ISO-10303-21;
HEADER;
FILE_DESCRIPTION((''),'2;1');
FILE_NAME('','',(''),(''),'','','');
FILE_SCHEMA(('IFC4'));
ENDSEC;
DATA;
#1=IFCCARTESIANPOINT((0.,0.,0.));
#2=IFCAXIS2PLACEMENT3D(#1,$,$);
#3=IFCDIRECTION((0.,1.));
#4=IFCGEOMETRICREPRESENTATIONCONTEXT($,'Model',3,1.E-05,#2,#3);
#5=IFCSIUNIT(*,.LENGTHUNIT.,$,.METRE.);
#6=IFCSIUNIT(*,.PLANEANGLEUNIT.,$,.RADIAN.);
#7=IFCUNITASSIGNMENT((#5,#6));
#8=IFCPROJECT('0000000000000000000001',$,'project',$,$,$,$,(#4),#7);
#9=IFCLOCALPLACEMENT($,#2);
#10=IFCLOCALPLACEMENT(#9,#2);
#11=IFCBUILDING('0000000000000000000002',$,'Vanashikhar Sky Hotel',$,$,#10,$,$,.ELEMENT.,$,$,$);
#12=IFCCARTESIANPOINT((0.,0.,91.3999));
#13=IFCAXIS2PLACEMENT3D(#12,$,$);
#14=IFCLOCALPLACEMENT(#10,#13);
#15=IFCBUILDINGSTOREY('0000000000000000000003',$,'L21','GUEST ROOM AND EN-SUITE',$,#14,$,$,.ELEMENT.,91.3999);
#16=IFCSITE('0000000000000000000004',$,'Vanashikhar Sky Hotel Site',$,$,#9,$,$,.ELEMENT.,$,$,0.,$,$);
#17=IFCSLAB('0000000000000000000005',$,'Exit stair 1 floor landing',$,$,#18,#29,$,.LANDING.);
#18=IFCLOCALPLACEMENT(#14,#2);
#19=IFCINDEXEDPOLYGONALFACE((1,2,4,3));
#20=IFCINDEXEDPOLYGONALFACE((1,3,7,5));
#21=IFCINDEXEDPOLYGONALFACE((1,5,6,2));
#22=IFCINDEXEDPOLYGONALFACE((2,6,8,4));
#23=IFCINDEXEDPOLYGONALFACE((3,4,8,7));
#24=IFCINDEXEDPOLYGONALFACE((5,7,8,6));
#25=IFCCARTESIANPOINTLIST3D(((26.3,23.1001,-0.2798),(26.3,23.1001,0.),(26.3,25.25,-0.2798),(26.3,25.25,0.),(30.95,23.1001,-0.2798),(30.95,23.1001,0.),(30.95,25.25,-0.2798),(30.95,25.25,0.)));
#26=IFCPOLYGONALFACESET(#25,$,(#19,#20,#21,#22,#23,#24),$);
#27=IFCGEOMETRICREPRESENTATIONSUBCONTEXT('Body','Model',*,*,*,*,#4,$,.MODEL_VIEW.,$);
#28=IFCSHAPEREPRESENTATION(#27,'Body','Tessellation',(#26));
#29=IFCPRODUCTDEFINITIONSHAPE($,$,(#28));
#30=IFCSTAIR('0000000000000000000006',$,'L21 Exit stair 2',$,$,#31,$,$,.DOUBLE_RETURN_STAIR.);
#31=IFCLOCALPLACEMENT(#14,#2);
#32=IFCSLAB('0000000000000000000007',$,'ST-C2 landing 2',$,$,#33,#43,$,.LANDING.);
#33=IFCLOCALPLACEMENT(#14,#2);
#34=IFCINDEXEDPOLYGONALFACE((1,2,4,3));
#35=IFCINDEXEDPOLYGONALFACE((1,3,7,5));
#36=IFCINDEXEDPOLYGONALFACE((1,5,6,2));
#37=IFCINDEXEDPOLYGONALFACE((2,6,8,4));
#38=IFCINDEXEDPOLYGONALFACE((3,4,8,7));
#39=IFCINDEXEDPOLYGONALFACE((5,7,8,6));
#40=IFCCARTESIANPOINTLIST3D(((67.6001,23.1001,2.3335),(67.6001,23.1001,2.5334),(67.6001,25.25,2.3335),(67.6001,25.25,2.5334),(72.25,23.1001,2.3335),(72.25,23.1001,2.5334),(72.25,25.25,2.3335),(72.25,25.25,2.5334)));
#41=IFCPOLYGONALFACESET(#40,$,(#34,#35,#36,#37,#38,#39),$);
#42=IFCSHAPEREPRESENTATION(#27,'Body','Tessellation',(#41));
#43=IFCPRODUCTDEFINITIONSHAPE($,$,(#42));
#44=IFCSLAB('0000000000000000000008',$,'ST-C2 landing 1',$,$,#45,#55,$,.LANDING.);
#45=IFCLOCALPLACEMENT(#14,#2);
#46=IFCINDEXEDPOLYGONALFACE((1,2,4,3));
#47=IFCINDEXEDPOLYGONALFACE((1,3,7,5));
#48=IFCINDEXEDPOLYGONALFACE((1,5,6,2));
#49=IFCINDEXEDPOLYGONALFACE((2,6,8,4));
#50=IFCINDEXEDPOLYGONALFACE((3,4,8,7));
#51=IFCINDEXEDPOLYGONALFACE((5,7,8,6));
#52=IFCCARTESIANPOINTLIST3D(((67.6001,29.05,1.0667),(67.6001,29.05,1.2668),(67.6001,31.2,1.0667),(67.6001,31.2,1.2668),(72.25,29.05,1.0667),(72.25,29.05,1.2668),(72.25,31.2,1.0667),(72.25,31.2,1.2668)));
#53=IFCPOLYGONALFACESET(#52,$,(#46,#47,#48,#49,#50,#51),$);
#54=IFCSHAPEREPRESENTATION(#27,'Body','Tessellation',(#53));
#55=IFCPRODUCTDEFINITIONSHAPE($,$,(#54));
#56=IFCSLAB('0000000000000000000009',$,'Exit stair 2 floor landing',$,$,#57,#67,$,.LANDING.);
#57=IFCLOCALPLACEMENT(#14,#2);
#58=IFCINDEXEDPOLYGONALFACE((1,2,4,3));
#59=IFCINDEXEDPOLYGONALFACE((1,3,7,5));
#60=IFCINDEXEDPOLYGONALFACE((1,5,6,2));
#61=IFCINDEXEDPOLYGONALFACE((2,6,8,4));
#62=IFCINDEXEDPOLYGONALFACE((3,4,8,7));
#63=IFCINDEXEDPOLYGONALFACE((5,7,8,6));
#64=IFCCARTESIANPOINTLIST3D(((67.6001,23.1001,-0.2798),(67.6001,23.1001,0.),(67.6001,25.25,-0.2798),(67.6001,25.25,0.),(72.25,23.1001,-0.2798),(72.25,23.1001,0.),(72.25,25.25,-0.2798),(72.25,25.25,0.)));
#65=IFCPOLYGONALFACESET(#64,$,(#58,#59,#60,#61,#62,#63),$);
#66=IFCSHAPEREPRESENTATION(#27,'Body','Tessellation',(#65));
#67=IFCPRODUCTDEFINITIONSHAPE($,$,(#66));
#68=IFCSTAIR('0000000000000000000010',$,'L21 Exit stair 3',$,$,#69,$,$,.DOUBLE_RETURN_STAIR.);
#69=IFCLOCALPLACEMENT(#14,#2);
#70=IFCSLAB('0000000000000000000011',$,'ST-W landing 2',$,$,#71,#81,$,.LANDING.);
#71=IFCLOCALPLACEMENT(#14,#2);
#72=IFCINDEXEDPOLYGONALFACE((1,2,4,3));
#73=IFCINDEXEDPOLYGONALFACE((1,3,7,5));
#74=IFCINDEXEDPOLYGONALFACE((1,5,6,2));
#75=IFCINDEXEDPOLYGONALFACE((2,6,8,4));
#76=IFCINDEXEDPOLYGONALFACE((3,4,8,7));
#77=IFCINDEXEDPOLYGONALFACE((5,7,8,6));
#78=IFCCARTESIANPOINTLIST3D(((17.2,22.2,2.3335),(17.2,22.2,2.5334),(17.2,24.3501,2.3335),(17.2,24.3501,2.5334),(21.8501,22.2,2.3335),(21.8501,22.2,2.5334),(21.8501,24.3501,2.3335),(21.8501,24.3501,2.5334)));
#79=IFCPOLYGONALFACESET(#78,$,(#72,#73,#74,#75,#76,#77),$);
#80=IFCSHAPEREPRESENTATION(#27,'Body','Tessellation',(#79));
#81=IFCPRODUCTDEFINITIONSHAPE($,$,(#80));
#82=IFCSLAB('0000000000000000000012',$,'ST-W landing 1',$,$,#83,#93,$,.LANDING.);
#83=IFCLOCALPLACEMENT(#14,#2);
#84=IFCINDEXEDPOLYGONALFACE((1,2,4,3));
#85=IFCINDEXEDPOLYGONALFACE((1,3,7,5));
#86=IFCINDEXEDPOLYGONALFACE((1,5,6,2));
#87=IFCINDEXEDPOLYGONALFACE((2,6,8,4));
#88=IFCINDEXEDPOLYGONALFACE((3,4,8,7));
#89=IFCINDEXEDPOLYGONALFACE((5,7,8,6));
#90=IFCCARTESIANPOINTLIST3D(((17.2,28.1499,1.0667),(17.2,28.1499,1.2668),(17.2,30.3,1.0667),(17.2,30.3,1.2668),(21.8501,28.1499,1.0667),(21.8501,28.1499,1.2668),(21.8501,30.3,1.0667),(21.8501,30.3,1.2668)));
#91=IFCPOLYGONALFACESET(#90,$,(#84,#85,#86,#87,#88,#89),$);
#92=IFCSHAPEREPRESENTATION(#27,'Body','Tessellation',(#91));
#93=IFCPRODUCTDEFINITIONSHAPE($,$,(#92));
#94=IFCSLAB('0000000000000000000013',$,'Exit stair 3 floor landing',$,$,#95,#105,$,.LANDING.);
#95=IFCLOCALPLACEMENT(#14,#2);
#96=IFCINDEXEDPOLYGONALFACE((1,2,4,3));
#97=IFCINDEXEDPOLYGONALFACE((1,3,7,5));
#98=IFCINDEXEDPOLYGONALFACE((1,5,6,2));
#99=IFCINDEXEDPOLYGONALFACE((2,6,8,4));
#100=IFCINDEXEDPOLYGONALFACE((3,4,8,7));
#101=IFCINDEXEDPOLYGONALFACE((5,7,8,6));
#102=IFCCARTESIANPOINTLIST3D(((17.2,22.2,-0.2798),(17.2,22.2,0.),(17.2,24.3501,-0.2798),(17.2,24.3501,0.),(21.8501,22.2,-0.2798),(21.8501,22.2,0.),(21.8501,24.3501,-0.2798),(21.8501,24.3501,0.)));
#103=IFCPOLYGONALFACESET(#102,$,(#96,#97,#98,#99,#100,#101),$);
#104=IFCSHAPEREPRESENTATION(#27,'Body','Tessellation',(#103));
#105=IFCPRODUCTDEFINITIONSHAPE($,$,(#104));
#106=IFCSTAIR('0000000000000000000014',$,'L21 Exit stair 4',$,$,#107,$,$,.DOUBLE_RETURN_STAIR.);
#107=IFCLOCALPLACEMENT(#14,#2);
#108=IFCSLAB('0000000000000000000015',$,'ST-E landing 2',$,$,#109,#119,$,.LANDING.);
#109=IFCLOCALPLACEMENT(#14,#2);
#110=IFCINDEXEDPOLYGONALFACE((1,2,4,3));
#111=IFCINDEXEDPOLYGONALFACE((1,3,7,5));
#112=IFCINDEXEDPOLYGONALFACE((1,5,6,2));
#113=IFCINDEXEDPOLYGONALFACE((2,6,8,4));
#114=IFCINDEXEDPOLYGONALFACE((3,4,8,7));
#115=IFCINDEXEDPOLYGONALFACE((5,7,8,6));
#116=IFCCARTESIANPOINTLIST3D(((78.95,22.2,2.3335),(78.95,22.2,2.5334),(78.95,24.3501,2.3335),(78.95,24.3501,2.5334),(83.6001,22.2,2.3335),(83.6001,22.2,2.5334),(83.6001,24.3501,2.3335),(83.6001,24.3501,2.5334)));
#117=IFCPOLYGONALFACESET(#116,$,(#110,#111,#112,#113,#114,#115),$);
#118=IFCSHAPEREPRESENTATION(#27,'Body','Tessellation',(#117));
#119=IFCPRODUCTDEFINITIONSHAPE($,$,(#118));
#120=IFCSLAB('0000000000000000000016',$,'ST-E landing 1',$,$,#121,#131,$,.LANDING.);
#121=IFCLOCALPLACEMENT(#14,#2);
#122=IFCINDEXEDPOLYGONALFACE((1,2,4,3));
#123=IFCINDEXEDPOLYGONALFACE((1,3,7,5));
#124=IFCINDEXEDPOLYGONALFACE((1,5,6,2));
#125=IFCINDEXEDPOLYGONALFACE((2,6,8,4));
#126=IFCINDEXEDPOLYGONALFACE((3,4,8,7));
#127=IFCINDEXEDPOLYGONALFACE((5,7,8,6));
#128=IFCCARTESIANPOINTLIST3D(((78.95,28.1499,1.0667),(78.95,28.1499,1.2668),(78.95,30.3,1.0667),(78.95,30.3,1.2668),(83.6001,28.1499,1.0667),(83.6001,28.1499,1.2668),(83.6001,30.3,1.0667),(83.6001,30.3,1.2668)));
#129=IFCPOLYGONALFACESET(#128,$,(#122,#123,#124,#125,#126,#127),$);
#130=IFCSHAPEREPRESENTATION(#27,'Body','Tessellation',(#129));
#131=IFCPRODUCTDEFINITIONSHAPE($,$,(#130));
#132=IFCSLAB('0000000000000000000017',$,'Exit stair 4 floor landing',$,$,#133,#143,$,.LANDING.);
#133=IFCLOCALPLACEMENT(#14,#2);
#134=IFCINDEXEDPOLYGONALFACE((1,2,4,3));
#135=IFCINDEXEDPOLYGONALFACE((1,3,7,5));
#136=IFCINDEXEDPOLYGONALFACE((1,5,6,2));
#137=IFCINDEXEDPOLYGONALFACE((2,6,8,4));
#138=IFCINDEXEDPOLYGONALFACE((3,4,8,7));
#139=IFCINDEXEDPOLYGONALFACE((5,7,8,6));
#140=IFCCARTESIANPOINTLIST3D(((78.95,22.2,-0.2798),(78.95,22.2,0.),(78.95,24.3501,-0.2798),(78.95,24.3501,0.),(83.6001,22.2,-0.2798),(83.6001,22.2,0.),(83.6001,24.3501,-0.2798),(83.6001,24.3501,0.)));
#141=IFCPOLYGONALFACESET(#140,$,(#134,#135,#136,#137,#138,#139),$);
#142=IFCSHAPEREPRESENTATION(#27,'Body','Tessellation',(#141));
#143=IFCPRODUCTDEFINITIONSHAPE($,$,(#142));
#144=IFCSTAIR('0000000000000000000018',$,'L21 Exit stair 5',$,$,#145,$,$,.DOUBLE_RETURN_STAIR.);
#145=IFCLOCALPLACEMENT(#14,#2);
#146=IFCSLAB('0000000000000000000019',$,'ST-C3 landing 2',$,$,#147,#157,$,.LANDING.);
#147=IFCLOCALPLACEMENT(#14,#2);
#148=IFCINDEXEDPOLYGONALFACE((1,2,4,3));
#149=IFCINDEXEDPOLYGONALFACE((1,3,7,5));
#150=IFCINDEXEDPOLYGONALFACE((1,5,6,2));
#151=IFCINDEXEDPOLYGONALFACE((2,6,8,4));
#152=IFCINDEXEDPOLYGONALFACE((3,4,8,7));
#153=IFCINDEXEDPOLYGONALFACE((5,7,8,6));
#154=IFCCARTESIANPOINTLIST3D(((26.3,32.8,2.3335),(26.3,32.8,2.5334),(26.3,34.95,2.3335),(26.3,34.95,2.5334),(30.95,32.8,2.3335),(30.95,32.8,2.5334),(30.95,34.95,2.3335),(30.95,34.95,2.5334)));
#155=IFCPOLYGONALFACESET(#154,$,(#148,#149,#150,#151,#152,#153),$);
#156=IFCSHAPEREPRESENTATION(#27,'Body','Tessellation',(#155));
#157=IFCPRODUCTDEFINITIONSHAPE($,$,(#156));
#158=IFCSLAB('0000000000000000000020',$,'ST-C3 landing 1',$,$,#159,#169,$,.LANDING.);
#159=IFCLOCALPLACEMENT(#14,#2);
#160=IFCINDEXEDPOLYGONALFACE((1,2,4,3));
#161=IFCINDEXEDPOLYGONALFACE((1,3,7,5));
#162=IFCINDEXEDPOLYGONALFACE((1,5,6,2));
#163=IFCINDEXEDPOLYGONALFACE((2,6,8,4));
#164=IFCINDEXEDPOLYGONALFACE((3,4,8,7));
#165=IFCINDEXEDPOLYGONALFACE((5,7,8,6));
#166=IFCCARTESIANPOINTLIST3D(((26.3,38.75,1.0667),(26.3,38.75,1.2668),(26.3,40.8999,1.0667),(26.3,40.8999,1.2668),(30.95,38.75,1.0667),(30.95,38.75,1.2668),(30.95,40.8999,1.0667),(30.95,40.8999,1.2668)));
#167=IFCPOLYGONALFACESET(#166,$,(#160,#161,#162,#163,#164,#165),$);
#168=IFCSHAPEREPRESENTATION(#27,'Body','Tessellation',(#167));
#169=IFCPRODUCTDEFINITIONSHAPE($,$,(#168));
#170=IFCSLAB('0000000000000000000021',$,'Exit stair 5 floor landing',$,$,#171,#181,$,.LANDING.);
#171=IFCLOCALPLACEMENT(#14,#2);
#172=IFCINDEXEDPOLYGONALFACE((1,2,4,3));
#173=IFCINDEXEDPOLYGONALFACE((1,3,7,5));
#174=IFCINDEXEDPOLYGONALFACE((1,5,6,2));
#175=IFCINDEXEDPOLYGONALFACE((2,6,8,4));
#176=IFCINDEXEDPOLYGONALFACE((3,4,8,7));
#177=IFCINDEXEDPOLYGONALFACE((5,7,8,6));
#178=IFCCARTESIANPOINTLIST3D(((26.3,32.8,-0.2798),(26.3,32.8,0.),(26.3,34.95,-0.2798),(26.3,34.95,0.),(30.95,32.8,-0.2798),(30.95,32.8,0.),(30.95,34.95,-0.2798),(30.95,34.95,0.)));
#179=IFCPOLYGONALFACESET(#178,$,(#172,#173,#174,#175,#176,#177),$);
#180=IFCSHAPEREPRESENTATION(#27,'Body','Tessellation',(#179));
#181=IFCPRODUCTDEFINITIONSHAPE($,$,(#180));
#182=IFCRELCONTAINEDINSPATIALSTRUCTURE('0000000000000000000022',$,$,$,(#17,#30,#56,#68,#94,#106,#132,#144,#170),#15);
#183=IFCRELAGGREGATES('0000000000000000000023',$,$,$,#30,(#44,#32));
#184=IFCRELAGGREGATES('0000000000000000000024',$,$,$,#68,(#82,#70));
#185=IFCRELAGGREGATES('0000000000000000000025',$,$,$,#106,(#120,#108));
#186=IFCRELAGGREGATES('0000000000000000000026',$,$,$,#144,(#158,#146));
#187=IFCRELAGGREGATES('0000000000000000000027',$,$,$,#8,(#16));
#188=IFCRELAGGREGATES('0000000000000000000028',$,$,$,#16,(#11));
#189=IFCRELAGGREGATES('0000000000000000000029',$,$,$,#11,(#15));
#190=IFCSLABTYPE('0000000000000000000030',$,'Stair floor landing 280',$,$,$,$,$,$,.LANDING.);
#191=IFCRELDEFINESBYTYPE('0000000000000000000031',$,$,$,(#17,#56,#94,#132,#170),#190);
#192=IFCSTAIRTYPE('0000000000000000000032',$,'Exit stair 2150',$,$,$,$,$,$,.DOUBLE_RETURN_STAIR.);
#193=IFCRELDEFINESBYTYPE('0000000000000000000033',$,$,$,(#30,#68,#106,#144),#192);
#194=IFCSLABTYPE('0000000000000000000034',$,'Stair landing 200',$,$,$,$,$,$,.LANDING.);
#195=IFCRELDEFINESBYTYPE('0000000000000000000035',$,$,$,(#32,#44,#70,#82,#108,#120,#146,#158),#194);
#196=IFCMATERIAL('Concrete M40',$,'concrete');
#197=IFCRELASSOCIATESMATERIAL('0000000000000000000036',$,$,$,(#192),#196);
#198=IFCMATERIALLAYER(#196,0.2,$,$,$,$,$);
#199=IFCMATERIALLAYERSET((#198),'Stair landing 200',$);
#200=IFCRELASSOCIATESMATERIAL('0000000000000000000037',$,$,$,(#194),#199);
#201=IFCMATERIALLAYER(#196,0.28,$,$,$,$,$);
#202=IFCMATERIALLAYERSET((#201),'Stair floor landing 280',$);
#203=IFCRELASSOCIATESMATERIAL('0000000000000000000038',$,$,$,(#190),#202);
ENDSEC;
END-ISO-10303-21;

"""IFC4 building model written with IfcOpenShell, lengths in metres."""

from ifc_helpers import new_model, si_unit, direction, frame, origin, place, context, subcontext, project, spatial, polyline, outline, extrude, source, transform, mapped, material, layer, layer_set, type_object, element, aggregate, save


model = new_model("IFC4")

# Units and contexts
model_context = context("Model", 3, precision=1e-05, world=origin(), true_north=direction((0.0, 1.0)))
body_context = subcontext(model_context, "Body", "Model", "MODEL_VIEW")
ifc_project = project(units=[si_unit("LENGTHUNIT", "METRE"), si_unit("PLANEANGLEUNIT", "RADIAN")], contexts=[model_context])

# Site, building, storey
site_placement = place(None, origin())
site = spatial("IfcSite", under=ifc_project, at=site_placement, Name="Vanashikhar Sky Hotel Site", CompositionType="ELEMENT", RefElevation=0.0)
building_placement = place(site_placement, origin())
building = spatial("IfcBuilding", under=site, at=building_placement, Name="Vanashikhar Sky Hotel", CompositionType="ELEMENT")
storey_placement = place(building_placement, frame((0.0, 0.0, 91.3999)))
storey = spatial("IfcBuildingStorey", under=building, at=storey_placement, Name="L21", Description="GUEST ROOM AND EN-SUITE", CompositionType="ELEMENT", Elevation=91.3999)

# Shared definitions
ifc_material_1 = material(Name="Concrete M40", Category="concrete")

# Shared definitions
stair_type = type_object("IfcStairType", Name="Exit stair 2150", PredefinedType="DOUBLE_RETURN_STAIR", material=ifc_material_1)
ifc_layer_1 = layer(ifc_material_1, 0.2)
ifc_layer_set_1 = layer_set([ifc_layer_1], Name="Stair landing 200")
slab_type_1 = type_object("IfcSlabType", Name="Stair landing 200", PredefinedType="LANDING", material=ifc_layer_set_1)

# Slab
ifc_layer_2 = layer(ifc_material_1, 0.28)
ifc_layer_set_2 = layer_set([ifc_layer_2], Name="Stair floor landing 280")
slab_type_2 = type_object("IfcSlabType", Name="Stair floor landing 280", PredefinedType="LANDING", material=ifc_layer_set_2)
shared_shape_1 = source(origin(), body_context, "Body", "SweptSolid", [
    extrude(outline(polyline([(30.95, 23.1001), (30.95, 25.25), (26.3, 25.25), (26.3, 23.1001), (30.95, 23.1001)])), origin(), (0.0, 0.0, 1.0), 0.2798),
])
slab_1_placement = place(storey_placement, frame((0.0, 0.0, -0.2798)))
element("IfcSlab", 1, at=slab_1_placement, inside=storey, type_object=slab_type_2, Name="Exit stair 1 floor landing", PredefinedType="LANDING", context=body_context, shape_type="MappedRepresentation", body=[
    mapped(shared_shape_1, transform((0.0, 0.0, 0.0), scale=1.0)),
])

# Stair, slabs
stair_1_placement = place(storey_placement, origin())
stair_1 = element("IfcStair", 2, at=stair_1_placement, inside=storey, type_object=stair_type, Name="L21 Exit stair 2", PredefinedType="DOUBLE_RETURN_STAIR")
shared_shape_2 = source(origin(), body_context, "Body", "SweptSolid", [
    extrude(outline(polyline([(72.25, 23.1001), (72.25, 25.25), (67.6001, 25.25), (67.6001, 23.1001), (72.25, 23.1001)])), origin(), (0.0, 0.0, 1.0), 0.2),
])
slab_2_placement = place(storey_placement, frame((0.0, 0.0, 2.3335)))
slab_2 = element("IfcSlab", 3, at=slab_2_placement, type_object=slab_type_1, Name="ST-C2 landing 2", PredefinedType="LANDING", context=body_context, shape_type="MappedRepresentation", body=[
    mapped(shared_shape_2, transform((0.0, 0.0, 0.0), scale=1.0)),
])
shared_shape_3 = source(origin(), body_context, "Body", "SweptSolid", [
    extrude(outline(polyline([(72.25, 29.05), (72.25, 31.2), (67.6001, 31.2), (67.6001, 29.05), (72.25, 29.05)])), origin(), (0.0, 0.0, 1.0), 0.2002),
])
slab_3_placement = place(storey_placement, frame((0.0, 0.0, 1.0667)))
slab_3 = element("IfcSlab", 4, at=slab_3_placement, type_object=slab_type_1, Name="ST-C2 landing 1", PredefinedType="LANDING", context=body_context, shape_type="MappedRepresentation", body=[
    mapped(shared_shape_3, transform((0.0, 0.0, 0.0), scale=1.0)),
])
aggregate(stair_1, [slab_3, slab_2])

# Slab
shared_shape_4 = source(origin(), body_context, "Body", "SweptSolid", [
    extrude(outline(polyline([(72.25, 23.1001), (72.25, 25.25), (67.6001, 25.25), (67.6001, 23.1001), (72.25, 23.1001)])), origin(), (0.0, 0.0, 1.0), 0.2798),
])
slab_4_placement = place(storey_placement, frame((0.0, 0.0, -0.2798)))
element("IfcSlab", 5, at=slab_4_placement, inside=storey, type_object=slab_type_2, Name="Exit stair 2 floor landing", PredefinedType="LANDING", context=body_context, shape_type="MappedRepresentation", body=[
    mapped(shared_shape_4, transform((0.0, 0.0, 0.0), scale=1.0)),
])

# Stair, slabs
stair_2_placement = place(storey_placement, origin())
stair_2 = element("IfcStair", 6, at=stair_2_placement, inside=storey, type_object=stair_type, Name="L21 Exit stair 3", PredefinedType="DOUBLE_RETURN_STAIR")
shared_shape_5 = source(origin(), body_context, "Body", "SweptSolid", [
    extrude(outline(polyline([(21.8501, 22.2), (21.8501, 24.3501), (17.2, 24.3501), (17.2, 22.2), (21.8501, 22.2)])), origin(), (0.0, 0.0, 1.0), 0.2),
])
slab_5_placement = place(storey_placement, frame((0.0, 0.0, 2.3335)))
slab_5 = element("IfcSlab", 7, at=slab_5_placement, type_object=slab_type_1, Name="ST-W landing 2", PredefinedType="LANDING", context=body_context, shape_type="MappedRepresentation", body=[
    mapped(shared_shape_5, transform((0.0, 0.0, 0.0), scale=1.0)),
])
shared_shape_6 = source(origin(), body_context, "Body", "SweptSolid", [
    extrude(outline(polyline([(21.8501, 28.1499), (21.8501, 30.3), (17.2, 30.3), (17.2, 28.1499), (21.8501, 28.1499)])), origin(), (0.0, 0.0, 1.0), 0.2002),
])
slab_6_placement = place(storey_placement, frame((0.0, 0.0, 1.0667)))
slab_6 = element("IfcSlab", 8, at=slab_6_placement, type_object=slab_type_1, Name="ST-W landing 1", PredefinedType="LANDING", context=body_context, shape_type="MappedRepresentation", body=[
    mapped(shared_shape_6, transform((0.0, 0.0, 0.0), scale=1.0)),
])
aggregate(stair_2, [slab_6, slab_5])

# Slab
shared_shape_7 = source(origin(), body_context, "Body", "SweptSolid", [
    extrude(outline(polyline([(21.8501, 22.2), (21.8501, 24.3501), (17.2, 24.3501), (17.2, 22.2), (21.8501, 22.2)])), origin(), (0.0, 0.0, 1.0), 0.2798),
])
slab_7_placement = place(storey_placement, frame((0.0, 0.0, -0.2798)))
element("IfcSlab", 9, at=slab_7_placement, inside=storey, type_object=slab_type_2, Name="Exit stair 3 floor landing", PredefinedType="LANDING", context=body_context, shape_type="MappedRepresentation", body=[
    mapped(shared_shape_7, transform((0.0, 0.0, 0.0), scale=1.0)),
])

# Stair, slabs
stair_3_placement = place(storey_placement, origin())
stair_3 = element("IfcStair", 10, at=stair_3_placement, inside=storey, type_object=stair_type, Name="L21 Exit stair 4", PredefinedType="DOUBLE_RETURN_STAIR")
shared_shape_8 = source(origin(), body_context, "Body", "SweptSolid", [
    extrude(outline(polyline([(83.6001, 22.2), (83.6001, 24.3501), (78.95, 24.3501), (78.95, 22.2), (83.6001, 22.2)])), origin(), (0.0, 0.0, 1.0), 0.2),
])
slab_8_placement = place(storey_placement, frame((0.0, 0.0, 2.3335)))
slab_8 = element("IfcSlab", 11, at=slab_8_placement, type_object=slab_type_1, Name="ST-E landing 2", PredefinedType="LANDING", context=body_context, shape_type="MappedRepresentation", body=[
    mapped(shared_shape_8, transform((0.0, 0.0, 0.0), scale=1.0)),
])
shared_shape_9 = source(origin(), body_context, "Body", "SweptSolid", [
    extrude(outline(polyline([(83.6001, 28.1499), (83.6001, 30.3), (78.95, 30.3), (78.95, 28.1499), (83.6001, 28.1499)])), origin(), (0.0, 0.0, 1.0), 0.2002),
])
slab_9_placement = place(storey_placement, frame((0.0, 0.0, 1.0667)))
slab_9 = element("IfcSlab", 12, at=slab_9_placement, type_object=slab_type_1, Name="ST-E landing 1", PredefinedType="LANDING", context=body_context, shape_type="MappedRepresentation", body=[
    mapped(shared_shape_9, transform((0.0, 0.0, 0.0), scale=1.0)),
])
aggregate(stair_3, [slab_9, slab_8])

# Slab
shared_shape_10 = source(origin(), body_context, "Body", "SweptSolid", [
    extrude(outline(polyline([(83.6001, 22.2), (83.6001, 24.3501), (78.95, 24.3501), (78.95, 22.2), (83.6001, 22.2)])), origin(), (0.0, 0.0, 1.0), 0.2798),
])
slab_10_placement = place(storey_placement, frame((0.0, 0.0, -0.2798)))
element("IfcSlab", 13, at=slab_10_placement, inside=storey, type_object=slab_type_2, Name="Exit stair 4 floor landing", PredefinedType="LANDING", context=body_context, shape_type="MappedRepresentation", body=[
    mapped(shared_shape_10, transform((0.0, 0.0, 0.0), scale=1.0)),
])

# Stair, slabs
stair_4_placement = place(storey_placement, origin())
stair_4 = element("IfcStair", 14, at=stair_4_placement, inside=storey, type_object=stair_type, Name="L21 Exit stair 5", PredefinedType="DOUBLE_RETURN_STAIR")
shared_shape_11 = source(origin(), body_context, "Body", "SweptSolid", [
    extrude(outline(polyline([(30.95, 32.8), (30.95, 34.95), (26.3, 34.95), (26.3, 32.8), (30.95, 32.8)])), origin(), (0.0, 0.0, 1.0), 0.2),
])
slab_11_placement = place(storey_placement, frame((0.0, 0.0, 2.3335)))
slab_11 = element("IfcSlab", 15, at=slab_11_placement, type_object=slab_type_1, Name="ST-C3 landing 2", PredefinedType="LANDING", context=body_context, shape_type="MappedRepresentation", body=[
    mapped(shared_shape_11, transform((0.0, 0.0, 0.0), scale=1.0)),
])
shared_shape_12 = source(origin(), body_context, "Body", "SweptSolid", [
    extrude(outline(polyline([(30.95, 38.75), (30.95, 40.8999), (26.3, 40.8999), (26.3, 38.75), (30.95, 38.75)])), origin(), (0.0, 0.0, 1.0), 0.2002),
])
slab_12_placement = place(storey_placement, frame((0.0, 0.0, 1.0667)))
slab_12 = element("IfcSlab", 16, at=slab_12_placement, type_object=slab_type_1, Name="ST-C3 landing 1", PredefinedType="LANDING", context=body_context, shape_type="MappedRepresentation", body=[
    mapped(shared_shape_12, transform((0.0, 0.0, 0.0), scale=1.0)),
])
aggregate(stair_4, [slab_12, slab_11])

# Slab
shared_shape_13 = source(origin(), body_context, "Body", "SweptSolid", [
    extrude(outline(polyline([(30.95, 32.8), (30.95, 34.95), (26.3, 34.95), (26.3, 32.8), (30.95, 32.8)])), origin(), (0.0, 0.0, 1.0), 0.2798),
])
slab_13_placement = place(storey_placement, frame((0.0, 0.0, -0.2798)))
element("IfcSlab", 17, at=slab_13_placement, inside=storey, type_object=slab_type_2, Name="Exit stair 5 floor landing", PredefinedType="LANDING", context=body_context, shape_type="MappedRepresentation", body=[
    mapped(shared_shape_13, transform((0.0, 0.0, 0.0), scale=1.0)),
])

save(model, "model.ifc")
